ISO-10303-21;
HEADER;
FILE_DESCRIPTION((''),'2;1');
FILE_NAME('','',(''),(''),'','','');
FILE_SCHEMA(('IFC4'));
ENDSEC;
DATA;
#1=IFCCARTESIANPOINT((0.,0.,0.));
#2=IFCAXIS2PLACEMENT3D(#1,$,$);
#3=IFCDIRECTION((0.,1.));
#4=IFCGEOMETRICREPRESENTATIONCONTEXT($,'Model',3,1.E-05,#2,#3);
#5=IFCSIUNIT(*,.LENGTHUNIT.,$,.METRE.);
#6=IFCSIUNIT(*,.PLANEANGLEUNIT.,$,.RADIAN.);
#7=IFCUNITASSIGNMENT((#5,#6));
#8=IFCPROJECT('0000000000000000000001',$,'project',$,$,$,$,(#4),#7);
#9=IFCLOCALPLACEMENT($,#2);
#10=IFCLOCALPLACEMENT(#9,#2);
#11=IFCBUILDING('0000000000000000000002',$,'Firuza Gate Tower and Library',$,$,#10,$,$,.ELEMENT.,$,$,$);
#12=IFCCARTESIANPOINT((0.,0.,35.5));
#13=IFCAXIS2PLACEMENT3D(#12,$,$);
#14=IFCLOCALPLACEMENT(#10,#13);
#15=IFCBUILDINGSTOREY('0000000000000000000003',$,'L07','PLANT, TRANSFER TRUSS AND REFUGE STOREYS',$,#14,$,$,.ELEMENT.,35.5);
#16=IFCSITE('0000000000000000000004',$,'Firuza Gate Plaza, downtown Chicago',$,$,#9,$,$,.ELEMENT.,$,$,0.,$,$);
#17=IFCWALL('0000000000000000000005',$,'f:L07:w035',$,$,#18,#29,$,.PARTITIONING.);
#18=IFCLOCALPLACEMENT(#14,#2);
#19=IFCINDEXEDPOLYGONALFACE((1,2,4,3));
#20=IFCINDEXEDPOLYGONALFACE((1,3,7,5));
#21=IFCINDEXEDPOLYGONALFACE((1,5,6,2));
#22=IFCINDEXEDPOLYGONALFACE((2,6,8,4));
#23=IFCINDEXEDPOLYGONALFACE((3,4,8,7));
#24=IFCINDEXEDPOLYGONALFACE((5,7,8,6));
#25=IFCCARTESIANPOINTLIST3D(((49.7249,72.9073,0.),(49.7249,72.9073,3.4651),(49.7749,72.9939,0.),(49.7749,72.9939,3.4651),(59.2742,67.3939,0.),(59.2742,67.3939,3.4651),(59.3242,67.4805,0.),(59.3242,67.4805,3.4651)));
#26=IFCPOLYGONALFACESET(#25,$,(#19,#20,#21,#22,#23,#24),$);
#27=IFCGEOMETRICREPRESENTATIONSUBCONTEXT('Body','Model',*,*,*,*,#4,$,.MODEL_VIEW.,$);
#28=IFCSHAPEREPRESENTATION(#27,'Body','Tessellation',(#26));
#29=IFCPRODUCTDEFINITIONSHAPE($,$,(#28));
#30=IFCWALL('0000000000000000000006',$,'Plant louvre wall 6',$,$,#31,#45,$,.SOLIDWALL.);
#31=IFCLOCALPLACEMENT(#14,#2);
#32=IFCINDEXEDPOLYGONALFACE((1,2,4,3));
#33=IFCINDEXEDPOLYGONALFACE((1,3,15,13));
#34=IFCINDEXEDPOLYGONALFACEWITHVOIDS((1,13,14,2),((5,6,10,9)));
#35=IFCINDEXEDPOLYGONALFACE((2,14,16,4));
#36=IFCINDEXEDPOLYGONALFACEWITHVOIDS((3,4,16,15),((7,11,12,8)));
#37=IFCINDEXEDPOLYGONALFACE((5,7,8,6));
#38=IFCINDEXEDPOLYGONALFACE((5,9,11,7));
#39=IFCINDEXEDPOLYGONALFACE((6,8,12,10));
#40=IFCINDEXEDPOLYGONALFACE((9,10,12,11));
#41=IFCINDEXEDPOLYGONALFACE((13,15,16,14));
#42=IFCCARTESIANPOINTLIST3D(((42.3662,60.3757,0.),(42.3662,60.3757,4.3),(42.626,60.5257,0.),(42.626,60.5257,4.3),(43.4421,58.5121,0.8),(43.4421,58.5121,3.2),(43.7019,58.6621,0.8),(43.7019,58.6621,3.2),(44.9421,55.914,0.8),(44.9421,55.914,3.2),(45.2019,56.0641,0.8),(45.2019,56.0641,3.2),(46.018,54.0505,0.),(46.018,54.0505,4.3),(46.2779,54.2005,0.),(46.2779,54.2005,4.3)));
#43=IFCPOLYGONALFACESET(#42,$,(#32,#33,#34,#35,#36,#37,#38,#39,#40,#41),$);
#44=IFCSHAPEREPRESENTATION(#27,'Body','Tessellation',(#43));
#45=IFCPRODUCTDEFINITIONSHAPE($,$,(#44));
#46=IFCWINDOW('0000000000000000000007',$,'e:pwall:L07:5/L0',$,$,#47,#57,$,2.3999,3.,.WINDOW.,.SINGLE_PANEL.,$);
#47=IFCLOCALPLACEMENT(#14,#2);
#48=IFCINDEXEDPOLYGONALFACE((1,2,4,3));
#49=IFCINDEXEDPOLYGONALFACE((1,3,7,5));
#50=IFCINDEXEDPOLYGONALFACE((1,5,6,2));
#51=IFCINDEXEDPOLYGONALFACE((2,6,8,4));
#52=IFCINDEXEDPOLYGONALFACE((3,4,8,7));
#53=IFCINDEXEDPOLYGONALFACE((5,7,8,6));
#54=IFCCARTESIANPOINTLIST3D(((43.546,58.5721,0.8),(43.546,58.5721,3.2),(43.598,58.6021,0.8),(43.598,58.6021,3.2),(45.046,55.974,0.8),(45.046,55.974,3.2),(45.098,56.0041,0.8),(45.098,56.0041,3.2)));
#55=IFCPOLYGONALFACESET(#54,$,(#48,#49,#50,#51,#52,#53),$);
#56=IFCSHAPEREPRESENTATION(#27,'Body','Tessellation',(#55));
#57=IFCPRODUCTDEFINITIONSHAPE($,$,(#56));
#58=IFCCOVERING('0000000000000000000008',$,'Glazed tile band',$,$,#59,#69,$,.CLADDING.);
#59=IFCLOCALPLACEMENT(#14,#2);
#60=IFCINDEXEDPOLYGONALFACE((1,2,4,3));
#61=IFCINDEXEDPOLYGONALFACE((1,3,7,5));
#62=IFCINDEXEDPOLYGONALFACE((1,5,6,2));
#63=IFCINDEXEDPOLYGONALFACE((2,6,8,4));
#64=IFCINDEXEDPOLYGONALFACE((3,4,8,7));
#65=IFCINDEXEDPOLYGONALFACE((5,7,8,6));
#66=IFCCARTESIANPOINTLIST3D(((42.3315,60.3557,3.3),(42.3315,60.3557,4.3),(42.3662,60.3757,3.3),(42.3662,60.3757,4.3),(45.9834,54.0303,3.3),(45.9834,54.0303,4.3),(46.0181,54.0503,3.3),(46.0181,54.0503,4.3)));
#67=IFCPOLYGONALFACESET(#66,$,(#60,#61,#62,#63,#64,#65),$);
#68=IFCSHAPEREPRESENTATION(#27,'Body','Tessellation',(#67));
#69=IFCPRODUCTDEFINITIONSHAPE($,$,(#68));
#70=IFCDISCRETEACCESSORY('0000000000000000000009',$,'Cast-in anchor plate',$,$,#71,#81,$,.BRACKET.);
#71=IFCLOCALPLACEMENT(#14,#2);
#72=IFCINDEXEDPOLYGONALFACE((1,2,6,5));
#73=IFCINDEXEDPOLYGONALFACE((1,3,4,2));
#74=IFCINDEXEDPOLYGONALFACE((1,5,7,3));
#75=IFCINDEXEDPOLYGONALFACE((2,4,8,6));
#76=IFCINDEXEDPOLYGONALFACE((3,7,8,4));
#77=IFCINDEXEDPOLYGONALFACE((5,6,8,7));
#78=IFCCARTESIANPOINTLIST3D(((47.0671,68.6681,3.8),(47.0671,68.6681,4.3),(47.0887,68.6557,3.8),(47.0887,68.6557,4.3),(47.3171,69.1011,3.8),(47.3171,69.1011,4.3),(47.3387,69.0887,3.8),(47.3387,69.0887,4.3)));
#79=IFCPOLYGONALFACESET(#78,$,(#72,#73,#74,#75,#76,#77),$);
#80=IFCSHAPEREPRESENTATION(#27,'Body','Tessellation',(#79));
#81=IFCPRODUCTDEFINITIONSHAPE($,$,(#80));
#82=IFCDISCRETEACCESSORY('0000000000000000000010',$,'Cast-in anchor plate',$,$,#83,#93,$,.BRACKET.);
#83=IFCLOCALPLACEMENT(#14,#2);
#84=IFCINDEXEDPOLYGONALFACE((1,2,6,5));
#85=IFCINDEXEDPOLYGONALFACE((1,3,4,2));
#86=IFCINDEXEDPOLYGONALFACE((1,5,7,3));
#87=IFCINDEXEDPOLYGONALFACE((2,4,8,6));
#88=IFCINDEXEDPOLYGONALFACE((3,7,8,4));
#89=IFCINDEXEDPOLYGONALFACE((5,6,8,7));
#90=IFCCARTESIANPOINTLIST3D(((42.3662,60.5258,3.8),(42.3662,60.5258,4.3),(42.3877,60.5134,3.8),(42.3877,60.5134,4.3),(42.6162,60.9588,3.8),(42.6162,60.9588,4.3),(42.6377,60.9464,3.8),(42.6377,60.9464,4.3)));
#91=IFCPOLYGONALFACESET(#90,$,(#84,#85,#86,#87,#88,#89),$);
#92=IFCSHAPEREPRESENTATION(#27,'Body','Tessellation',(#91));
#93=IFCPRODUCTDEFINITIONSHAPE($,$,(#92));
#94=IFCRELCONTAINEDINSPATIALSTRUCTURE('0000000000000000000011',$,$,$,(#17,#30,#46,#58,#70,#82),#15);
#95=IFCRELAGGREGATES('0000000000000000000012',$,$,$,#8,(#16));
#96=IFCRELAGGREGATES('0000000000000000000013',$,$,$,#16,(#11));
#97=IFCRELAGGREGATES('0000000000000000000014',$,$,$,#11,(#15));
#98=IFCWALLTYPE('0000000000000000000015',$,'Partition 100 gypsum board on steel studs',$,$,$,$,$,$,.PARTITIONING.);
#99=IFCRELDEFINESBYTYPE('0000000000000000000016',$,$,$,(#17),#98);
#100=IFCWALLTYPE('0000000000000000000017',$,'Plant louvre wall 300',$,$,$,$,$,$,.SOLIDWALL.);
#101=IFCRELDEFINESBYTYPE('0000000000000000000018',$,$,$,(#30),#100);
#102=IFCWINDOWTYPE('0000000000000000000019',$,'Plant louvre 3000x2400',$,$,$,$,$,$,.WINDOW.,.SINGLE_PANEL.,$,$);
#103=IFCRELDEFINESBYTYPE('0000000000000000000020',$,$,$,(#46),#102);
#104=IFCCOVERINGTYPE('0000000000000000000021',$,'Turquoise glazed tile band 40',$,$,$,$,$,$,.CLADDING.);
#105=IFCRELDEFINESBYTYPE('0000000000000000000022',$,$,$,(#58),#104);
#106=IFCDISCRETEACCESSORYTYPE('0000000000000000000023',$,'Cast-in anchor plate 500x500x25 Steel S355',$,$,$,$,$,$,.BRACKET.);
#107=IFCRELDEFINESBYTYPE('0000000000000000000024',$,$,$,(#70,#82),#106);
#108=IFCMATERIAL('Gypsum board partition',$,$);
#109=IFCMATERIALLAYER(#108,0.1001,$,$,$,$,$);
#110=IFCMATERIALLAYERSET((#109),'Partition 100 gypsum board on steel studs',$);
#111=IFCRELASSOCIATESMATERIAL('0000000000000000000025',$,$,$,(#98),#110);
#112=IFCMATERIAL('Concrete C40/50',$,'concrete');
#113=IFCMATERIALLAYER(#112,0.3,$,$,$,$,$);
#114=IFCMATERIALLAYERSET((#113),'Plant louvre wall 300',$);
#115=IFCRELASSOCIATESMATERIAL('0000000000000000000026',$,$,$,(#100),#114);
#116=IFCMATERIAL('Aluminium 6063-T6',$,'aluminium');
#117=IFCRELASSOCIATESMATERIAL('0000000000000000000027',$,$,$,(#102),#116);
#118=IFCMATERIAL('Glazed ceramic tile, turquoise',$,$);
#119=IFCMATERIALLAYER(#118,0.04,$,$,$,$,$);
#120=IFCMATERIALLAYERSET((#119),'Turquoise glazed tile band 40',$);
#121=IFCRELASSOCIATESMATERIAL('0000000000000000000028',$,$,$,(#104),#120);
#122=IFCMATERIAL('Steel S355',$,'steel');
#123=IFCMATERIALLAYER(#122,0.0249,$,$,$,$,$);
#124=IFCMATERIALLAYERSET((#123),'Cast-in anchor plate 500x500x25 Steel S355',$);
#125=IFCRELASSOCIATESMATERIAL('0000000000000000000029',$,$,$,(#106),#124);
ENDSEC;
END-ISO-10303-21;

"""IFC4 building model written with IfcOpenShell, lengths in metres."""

from ifc_helpers import new_model, si_unit, direction, frame, frame_2d, origin, origin_2d, place, context, subcontext, project, spatial, polyline, rectangle, outline, extrude, material, layer, layer_set, type_object, element, fill, save


model = new_model("IFC4")

# Units and contexts
model_context = context("Model", 3, precision=1e-05, world=origin(), true_north=direction((0.0, 1.0)))
body_context = subcontext(model_context, "Body", "Model", "MODEL_VIEW")
ifc_project = project(units=[si_unit("LENGTHUNIT", "METRE"), si_unit("PLANEANGLEUNIT", "RADIAN")], contexts=[model_context])

# Site, building, storey
site_placement = place(None, origin())
site = spatial("IfcSite", under=ifc_project, at=site_placement, Name="Firuza Gate Plaza, downtown Chicago", CompositionType="ELEMENT", RefElevation=0.0)
building_placement = place(site_placement, origin())
building = spatial("IfcBuilding", under=site, at=building_placement, Name="Firuza Gate Tower and Library", CompositionType="ELEMENT")
storey_placement = place(building_placement, frame((0.0, 0.0, 35.5)))
storey = spatial("IfcBuildingStorey", under=building, at=storey_placement, Name="L07", Description="PLANT, TRANSFER TRUSS AND REFUGE STOREYS", CompositionType="ELEMENT", Elevation=35.5)

# Wall
ifc_material_1 = material(Name="Gypsum board partition")
ifc_layer_1 = layer(ifc_material_1, 0.1001)
ifc_layer_set_1 = layer_set([ifc_layer_1], Name="Partition 100 gypsum board on steel studs")
wall_type_1 = type_object("IfcWallType", Name="Partition 100 gypsum board on steel studs", PredefinedType="PARTITIONING", material=ifc_layer_set_1)
wall_1_placement = place(storey_placement, frame((59.2991, 67.4373, 0.0), z_axis=(0.0, 0.0, 1.0), x_axis=(-0.86602, 0.500009, 0.0)))
element("IfcWall", 1, at=wall_1_placement, inside=storey, type_object=wall_type_1, Name="f:L07:w035", PredefinedType="PARTITIONING", context=body_context, shape_type="SweptSolid", body=[
    extrude(rectangle(XDim=11.0266, YDim=0.1001, at=frame_2d((5.5132, 0.0))), origin(), (0.0, 0.0, 1.0), 3.4651),
])

# Wall, opening, window
ifc_material_2 = material(Name="Concrete C40/50", Category="concrete")
ifc_layer_2 = layer(ifc_material_2, 0.3)
ifc_layer_set_2 = layer_set([ifc_layer_2], Name="Plant louvre wall 300")
wall_type_2 = type_object("IfcWallType", Name="Plant louvre wall 300", PredefinedType="SOLIDWALL", material=ifc_layer_set_2)
wall_2_placement = place(storey_placement, frame((42.4961, 60.4507, 0.0), z_axis=(0.0, 0.0, 1.0), x_axis=(0.5, -0.866025, 0.0)))
wall_2 = element("IfcWall", 2, at=wall_2_placement, inside=storey, type_object=wall_type_2, Name="Plant louvre wall 6", PredefinedType="SOLIDWALL", context=body_context, shape_type="SweptSolid", body=[
    extrude(rectangle(XDim=7.3037, YDim=0.3, at=frame_2d((3.6519, 0.0))), origin(), (0.0, 0.0, 1.0), 4.3),
])
opening_1_placement = place(wall_2_placement, frame((2.1519, 0.0, 0.8)))
opening_1 = element("IfcOpeningElement", 3, at=opening_1_placement, cuts=wall_2, PredefinedType="OPENING", context=body_context, shape_type="SweptSolid", body=[
    extrude(rectangle(XDim=3.0, YDim=2.3999, at=frame_2d((1.5, 1.2))), frame((0.0, 0.1602, 0.0), z_axis=(0.0, -1.0, 0.0), x_axis=(1.0, 0.0, 0.0)), (0.0, 0.0, 1.0), 0.3201),
])
ifc_material_3 = material(Name="Aluminium 6063-T6", Category="aluminium")
window_type = type_object("IfcWindowType", Name="Plant louvre 3000x2400", PartitioningType="SINGLE_PANEL", PredefinedType="WINDOW", material=ifc_material_3)
window_placement = place(opening_1_placement, origin())
window = element("IfcWindow", 4, at=window_placement, inside=storey, type_object=window_type, Name="e:pwall:L07:5/L0", OverallHeight=2.3999, OverallWidth=3.0, PartitioningType="SINGLE_PANEL", PredefinedType="WINDOW", context=body_context, shape_type="SweptSolid", body=[
    extrude(rectangle(XDim=3.0, YDim=2.3999, at=frame_2d((1.5, 1.2))), frame((0.0, 0.03, 0.0), z_axis=(0.0, -1.0, 0.0), x_axis=(1.0, 0.0, 0.0)), (0.0, 0.0, 1.0), 0.0601),
])
fill(opening_1, window)

# Covering
ifc_material_4 = material(Name="Glazed ceramic tile, turquoise")
ifc_layer_3 = layer(ifc_material_4, 0.04)
ifc_layer_set_3 = layer_set([ifc_layer_3], Name="Turquoise glazed tile band 40")
covering_type = type_object("IfcCoveringType", Name="Turquoise glazed tile band 40", PredefinedType="CLADDING", material=ifc_layer_set_3)
covering_placement = place(storey_placement, frame((42.3315, 60.3557, 3.3), z_axis=(-0.866034, -0.499986, 0.0), x_axis=(0.499986, -0.866034, 0.0)))
element("IfcCovering", 5, at=covering_placement, inside=storey, type_object=covering_type, Name="Glazed tile band", PredefinedType="CLADDING", context=body_context, shape_type="SweptSolid", body=[
    extrude(outline(polyline([(0.0, 0.0), (7.3039, 0.0), (7.3039, 1.0), (0.0, 1.0), (0.0, 0.0)])), origin(), (0.0, 0.0, -1.0), 0.04),
])

# Discrete accessories
ifc_material_5 = material(Name="Steel S355", Category="steel")
ifc_layer_4 = layer(ifc_material_5, 0.0249)
ifc_layer_set_4 = layer_set([ifc_layer_4], Name="Cast-in anchor plate 500x500x25 Steel S355")
discrete_accessory_type = type_object("IfcDiscreteAccessoryType", Name="Cast-in anchor plate 500x500x25 Steel S355", PredefinedType="BRACKET", material=ifc_layer_set_4)
for number, where, z_axis, x_axis, name in (
    (6, (47.2029, 68.8784, 3.8), (0.0, 0.0, 1.0), (-0.5, -0.866025, 0.0), "Cast-in anchor plate"),
    (7, (42.502, 60.7361, 3.8), (0.0, 0.0, 1.0), (-0.5, -0.866025, 0.0), "Cast-in anchor plate"),
):
    element("IfcDiscreteAccessory", number, at=place(storey_placement, frame(where, z_axis=z_axis, x_axis=x_axis)), inside=storey, type_object=discrete_accessory_type, Name=name, PredefinedType="BRACKET", context=body_context, shape_type="SweptSolid", body=[
        extrude(rectangle(XDim=0.5, YDim=0.0249, at=origin_2d()), origin(), (0.0, 0.0, 1.0), 0.5),
    ])

save(model, "model.ifc")
